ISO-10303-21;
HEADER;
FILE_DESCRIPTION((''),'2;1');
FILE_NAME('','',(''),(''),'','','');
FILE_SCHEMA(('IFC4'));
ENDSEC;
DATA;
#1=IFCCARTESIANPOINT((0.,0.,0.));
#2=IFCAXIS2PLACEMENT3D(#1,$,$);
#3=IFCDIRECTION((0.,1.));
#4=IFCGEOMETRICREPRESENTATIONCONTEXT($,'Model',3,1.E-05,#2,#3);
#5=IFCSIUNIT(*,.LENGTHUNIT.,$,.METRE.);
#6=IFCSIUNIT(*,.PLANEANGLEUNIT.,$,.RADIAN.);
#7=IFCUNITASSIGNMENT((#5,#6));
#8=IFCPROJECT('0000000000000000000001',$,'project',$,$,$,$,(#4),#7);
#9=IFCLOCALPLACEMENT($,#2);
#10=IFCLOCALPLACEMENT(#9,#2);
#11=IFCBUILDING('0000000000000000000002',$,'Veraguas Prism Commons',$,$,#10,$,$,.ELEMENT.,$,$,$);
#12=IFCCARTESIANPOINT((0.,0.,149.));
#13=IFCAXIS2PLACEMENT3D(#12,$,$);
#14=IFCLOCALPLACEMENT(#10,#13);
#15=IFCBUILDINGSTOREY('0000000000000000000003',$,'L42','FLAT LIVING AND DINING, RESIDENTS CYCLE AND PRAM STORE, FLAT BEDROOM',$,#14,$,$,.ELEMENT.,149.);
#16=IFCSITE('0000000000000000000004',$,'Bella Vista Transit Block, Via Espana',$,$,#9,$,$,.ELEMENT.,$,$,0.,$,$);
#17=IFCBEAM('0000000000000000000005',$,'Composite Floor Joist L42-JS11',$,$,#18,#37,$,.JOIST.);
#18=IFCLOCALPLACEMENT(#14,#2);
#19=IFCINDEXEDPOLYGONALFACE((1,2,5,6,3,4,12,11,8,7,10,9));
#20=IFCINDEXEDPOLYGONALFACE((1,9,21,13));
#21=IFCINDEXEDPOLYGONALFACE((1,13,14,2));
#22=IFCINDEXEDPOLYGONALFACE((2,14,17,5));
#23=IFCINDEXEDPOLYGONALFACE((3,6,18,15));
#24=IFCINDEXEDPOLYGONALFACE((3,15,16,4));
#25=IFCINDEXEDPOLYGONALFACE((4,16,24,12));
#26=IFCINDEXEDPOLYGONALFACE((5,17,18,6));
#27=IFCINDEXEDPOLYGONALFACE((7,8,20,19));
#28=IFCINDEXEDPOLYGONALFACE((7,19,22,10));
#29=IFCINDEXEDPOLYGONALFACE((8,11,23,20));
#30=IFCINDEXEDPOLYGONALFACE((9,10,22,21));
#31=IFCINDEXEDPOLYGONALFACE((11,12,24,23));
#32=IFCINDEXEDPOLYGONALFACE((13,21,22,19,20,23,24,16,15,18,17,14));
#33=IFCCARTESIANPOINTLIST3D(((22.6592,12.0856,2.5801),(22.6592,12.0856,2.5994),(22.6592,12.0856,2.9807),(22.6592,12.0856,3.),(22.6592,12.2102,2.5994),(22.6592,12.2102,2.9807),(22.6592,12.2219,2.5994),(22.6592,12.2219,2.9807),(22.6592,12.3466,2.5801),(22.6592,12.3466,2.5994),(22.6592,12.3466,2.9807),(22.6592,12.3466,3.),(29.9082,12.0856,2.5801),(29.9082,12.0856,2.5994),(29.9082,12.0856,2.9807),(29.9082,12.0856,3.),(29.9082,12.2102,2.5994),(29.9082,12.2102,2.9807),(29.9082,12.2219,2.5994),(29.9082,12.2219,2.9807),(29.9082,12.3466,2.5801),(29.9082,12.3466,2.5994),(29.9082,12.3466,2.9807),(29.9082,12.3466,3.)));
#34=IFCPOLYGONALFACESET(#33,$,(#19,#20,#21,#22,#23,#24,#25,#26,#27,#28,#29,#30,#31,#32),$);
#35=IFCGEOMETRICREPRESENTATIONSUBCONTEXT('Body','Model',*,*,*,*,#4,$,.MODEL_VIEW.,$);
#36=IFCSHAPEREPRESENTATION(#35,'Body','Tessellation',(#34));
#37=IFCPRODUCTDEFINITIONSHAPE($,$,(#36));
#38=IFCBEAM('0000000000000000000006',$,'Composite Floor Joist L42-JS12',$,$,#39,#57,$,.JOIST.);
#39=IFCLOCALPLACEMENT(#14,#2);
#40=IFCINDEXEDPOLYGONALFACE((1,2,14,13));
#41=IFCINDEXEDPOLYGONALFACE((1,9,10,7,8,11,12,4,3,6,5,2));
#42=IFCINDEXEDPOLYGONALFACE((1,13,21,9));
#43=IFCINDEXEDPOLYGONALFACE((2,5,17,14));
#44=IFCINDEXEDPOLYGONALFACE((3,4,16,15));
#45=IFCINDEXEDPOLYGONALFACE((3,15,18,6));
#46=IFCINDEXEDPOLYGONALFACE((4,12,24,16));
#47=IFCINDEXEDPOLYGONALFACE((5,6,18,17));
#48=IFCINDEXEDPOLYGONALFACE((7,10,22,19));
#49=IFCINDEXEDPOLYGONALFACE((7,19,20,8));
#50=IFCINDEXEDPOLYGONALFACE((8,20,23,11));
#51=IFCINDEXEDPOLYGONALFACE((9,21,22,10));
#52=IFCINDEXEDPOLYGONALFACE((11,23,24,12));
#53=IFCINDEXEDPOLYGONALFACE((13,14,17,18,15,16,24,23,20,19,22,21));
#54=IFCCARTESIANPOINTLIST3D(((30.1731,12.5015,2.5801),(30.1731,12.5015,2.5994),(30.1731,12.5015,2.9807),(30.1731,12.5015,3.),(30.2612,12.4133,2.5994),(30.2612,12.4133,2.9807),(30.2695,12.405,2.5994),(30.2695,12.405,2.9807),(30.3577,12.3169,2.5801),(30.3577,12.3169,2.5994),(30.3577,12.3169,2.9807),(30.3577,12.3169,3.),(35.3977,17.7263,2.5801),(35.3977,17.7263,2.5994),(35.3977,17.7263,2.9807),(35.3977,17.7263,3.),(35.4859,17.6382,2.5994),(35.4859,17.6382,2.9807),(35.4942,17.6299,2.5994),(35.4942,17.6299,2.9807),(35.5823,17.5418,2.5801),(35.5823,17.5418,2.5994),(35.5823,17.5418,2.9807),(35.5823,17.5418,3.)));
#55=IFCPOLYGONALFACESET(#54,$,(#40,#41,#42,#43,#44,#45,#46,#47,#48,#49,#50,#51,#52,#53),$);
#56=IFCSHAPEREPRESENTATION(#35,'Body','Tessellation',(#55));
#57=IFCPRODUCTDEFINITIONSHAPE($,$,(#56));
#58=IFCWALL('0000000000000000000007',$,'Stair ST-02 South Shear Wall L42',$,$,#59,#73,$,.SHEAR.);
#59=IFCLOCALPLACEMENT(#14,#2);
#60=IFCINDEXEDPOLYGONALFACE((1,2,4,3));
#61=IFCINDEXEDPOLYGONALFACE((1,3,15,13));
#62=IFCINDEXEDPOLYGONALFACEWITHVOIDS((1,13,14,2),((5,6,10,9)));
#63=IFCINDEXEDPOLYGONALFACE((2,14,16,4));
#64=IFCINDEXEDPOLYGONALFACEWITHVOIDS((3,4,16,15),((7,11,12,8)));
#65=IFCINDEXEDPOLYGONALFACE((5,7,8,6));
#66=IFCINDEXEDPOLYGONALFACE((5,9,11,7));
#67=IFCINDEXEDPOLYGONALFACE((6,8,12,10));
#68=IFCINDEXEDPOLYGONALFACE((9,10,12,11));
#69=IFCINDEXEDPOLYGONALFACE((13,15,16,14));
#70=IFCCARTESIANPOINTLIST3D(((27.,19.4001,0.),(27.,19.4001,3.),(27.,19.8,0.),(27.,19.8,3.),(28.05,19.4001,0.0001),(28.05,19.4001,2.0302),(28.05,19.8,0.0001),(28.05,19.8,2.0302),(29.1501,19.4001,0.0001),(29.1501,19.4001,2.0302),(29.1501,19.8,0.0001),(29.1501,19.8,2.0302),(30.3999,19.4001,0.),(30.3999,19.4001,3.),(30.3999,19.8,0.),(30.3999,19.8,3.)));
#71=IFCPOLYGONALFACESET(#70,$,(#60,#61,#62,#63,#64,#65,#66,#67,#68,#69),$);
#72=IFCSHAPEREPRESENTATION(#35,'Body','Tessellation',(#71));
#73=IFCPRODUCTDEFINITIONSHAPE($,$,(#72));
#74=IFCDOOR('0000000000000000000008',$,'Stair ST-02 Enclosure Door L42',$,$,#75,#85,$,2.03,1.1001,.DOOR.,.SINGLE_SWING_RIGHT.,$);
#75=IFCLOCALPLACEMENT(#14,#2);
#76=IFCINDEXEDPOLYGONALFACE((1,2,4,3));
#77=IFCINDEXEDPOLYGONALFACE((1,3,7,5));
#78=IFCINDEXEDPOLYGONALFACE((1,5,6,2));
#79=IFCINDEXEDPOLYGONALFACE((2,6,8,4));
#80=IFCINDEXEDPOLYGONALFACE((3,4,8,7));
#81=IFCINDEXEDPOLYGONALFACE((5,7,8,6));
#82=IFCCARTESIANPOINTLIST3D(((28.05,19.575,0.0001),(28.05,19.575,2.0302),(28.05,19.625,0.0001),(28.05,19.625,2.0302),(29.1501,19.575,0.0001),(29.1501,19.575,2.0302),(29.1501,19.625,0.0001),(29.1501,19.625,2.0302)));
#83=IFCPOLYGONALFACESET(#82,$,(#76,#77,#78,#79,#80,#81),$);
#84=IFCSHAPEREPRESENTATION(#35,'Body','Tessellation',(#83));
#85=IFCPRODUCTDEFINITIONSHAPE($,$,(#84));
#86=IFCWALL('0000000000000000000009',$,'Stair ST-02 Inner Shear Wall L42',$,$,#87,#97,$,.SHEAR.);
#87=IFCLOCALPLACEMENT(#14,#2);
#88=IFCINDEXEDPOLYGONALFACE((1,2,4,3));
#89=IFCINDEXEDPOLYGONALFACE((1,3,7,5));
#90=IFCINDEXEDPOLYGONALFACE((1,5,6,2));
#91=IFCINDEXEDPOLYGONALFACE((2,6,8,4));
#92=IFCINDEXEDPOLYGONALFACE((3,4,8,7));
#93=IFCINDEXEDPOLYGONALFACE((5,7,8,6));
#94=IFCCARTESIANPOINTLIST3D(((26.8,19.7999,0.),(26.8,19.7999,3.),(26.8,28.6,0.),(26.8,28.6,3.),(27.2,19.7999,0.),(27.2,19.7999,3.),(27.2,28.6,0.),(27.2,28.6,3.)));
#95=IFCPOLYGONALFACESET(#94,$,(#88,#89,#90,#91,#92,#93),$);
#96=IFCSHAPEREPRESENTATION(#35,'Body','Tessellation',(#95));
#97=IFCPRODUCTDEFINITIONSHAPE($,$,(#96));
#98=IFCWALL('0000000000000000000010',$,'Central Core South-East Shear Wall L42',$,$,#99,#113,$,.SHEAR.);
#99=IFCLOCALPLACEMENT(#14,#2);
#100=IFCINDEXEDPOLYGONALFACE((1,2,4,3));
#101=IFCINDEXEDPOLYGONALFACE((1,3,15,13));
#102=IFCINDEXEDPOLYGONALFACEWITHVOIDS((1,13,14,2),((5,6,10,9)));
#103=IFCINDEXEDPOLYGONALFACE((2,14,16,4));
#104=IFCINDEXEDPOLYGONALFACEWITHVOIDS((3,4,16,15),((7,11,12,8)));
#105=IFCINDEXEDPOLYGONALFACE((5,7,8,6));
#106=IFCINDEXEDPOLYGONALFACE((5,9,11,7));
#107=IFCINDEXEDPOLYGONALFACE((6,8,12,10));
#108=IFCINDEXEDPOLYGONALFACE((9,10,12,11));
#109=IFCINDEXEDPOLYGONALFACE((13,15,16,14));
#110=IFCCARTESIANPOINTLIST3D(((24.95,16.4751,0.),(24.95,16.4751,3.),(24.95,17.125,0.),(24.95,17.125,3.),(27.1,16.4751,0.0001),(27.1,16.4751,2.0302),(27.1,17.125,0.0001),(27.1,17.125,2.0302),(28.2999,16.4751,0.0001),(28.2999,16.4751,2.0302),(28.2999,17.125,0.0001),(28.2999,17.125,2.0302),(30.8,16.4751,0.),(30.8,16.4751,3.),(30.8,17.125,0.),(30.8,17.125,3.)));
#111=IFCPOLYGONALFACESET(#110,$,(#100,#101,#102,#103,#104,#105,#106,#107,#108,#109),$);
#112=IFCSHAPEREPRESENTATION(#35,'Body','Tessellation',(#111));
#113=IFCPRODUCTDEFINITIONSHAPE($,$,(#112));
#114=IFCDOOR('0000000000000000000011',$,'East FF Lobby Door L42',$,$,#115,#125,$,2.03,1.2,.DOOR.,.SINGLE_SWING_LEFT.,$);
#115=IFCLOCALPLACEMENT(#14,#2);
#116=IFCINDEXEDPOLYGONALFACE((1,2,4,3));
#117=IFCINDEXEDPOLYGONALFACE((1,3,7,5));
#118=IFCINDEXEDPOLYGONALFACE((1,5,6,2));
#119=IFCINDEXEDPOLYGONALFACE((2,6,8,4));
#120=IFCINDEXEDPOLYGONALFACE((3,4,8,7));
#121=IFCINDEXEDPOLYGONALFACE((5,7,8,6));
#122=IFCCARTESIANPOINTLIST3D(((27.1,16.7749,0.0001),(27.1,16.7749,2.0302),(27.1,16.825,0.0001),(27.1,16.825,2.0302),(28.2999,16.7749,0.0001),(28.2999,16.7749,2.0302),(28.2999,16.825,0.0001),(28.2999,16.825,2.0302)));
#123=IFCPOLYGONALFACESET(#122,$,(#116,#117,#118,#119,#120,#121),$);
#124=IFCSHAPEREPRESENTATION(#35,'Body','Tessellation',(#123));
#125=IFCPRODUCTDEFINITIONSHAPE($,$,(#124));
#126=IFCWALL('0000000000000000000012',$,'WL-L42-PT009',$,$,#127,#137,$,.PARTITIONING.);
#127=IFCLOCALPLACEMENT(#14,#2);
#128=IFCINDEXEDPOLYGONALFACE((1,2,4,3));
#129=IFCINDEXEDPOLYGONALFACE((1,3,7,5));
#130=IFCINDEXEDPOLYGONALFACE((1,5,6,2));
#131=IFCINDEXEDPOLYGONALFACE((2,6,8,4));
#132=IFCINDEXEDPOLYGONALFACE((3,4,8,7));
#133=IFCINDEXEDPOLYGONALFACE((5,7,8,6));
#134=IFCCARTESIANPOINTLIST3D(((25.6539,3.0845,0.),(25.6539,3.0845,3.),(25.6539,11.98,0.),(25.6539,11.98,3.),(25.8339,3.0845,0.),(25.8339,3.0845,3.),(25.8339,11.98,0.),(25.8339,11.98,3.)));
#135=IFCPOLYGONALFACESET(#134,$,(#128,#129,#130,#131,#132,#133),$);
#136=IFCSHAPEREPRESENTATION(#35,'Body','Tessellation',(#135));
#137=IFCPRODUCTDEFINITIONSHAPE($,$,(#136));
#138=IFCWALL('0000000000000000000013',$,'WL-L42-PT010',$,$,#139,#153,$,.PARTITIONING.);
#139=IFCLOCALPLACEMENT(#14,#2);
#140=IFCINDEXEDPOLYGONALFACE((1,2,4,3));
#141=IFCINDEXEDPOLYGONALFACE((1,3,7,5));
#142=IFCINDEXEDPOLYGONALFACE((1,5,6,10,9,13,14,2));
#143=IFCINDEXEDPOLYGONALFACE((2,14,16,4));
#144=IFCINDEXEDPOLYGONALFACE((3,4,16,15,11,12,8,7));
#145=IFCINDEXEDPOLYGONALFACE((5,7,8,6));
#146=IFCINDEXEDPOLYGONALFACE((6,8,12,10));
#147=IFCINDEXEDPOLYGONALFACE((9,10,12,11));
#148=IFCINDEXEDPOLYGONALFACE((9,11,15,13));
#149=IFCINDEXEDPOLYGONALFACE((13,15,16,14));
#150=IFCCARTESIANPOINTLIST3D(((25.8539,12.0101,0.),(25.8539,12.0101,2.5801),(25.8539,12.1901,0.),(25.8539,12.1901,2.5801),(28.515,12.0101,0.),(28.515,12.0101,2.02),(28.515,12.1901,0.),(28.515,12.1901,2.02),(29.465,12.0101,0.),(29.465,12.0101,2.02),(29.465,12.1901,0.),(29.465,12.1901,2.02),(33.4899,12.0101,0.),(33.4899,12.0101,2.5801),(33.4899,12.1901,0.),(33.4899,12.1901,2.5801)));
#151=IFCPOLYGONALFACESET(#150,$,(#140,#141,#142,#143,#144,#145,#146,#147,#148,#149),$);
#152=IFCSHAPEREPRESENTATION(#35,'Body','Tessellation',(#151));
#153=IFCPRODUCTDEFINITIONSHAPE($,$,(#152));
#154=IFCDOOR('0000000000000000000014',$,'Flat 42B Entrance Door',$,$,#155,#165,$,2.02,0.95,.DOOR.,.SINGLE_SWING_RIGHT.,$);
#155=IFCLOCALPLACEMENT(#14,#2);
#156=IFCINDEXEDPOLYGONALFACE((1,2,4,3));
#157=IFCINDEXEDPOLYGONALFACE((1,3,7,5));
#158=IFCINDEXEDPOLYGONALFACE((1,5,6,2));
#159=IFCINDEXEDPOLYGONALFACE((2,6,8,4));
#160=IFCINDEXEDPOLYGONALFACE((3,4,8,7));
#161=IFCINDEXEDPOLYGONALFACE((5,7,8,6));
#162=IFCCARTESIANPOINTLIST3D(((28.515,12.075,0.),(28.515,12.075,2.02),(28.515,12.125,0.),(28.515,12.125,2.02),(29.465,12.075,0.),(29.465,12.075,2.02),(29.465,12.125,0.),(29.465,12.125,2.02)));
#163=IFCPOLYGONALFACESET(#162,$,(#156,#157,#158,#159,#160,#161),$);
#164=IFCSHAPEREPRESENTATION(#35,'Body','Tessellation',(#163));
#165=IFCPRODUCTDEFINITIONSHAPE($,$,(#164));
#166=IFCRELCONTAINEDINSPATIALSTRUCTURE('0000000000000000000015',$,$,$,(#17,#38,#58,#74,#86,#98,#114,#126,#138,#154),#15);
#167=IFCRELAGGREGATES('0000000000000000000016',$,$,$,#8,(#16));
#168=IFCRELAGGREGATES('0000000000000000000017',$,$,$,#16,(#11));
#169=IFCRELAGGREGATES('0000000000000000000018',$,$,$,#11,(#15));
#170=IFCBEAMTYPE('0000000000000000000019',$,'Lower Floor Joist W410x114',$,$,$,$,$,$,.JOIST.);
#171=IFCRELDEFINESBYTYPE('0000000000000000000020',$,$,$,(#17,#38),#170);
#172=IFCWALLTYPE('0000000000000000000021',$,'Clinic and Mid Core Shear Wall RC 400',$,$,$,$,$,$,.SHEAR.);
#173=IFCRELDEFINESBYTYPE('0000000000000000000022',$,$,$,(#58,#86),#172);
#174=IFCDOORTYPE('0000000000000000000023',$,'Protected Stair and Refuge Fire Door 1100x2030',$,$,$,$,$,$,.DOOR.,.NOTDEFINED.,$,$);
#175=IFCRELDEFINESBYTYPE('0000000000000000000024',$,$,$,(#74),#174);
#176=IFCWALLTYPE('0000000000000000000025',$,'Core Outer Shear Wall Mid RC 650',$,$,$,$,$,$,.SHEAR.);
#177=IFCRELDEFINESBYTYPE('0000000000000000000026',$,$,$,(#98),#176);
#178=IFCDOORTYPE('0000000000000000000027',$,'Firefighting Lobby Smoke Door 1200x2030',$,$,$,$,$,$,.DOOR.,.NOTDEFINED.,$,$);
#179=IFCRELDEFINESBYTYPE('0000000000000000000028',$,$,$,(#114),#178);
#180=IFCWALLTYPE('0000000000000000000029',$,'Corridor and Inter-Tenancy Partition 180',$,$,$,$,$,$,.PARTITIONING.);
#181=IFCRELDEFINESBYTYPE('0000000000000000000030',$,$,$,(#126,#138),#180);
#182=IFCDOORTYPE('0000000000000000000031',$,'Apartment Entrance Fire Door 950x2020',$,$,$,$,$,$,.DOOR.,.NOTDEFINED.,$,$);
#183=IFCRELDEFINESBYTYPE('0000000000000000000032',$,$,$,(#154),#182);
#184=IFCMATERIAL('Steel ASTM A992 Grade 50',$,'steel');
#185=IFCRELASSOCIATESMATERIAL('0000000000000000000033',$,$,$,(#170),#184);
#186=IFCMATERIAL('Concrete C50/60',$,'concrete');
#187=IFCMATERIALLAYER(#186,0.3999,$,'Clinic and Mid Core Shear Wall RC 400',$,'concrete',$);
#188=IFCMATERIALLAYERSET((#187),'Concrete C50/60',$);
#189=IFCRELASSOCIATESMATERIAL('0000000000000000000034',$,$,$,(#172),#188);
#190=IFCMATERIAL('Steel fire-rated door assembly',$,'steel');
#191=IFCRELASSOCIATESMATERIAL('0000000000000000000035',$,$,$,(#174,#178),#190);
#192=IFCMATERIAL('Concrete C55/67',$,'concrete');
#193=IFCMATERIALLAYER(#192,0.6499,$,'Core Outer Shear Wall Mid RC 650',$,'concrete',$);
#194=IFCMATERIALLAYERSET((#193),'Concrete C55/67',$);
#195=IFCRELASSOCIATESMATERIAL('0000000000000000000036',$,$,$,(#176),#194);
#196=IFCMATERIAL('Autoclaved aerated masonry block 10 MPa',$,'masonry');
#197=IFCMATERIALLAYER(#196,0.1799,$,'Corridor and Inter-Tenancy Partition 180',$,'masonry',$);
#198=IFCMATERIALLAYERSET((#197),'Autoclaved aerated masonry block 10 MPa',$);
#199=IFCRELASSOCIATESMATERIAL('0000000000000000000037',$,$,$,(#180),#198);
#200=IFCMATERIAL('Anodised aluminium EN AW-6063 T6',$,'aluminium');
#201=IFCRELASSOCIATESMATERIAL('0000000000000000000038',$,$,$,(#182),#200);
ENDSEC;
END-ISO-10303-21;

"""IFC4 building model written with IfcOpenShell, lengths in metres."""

from ifc_helpers import new_model, si_unit, direction, frame, frame_2d, origin, origin_2d, place, context, subcontext, project, spatial, rectangle, i_section, extrude, source, transform, mapped, material, layer, layer_set, material_profile, profile_set, type_object, element, fill, save


model = new_model("IFC4")

# Units and contexts
model_context = context("Model", 3, precision=1e-05, world=origin(), true_north=direction((0.0, 1.0)))
body_context = subcontext(model_context, "Body", "Model", "MODEL_VIEW")
ifc_project = project(units=[si_unit("LENGTHUNIT", "METRE"), si_unit("PLANEANGLEUNIT", "RADIAN")], contexts=[model_context])

# Site, building, storey
site_placement = place(None, origin())
site = spatial("IfcSite", under=ifc_project, at=site_placement, Name="Bella Vista Transit Block, Via Espana", CompositionType="ELEMENT", RefElevation=0.0)
building_placement = place(site_placement, origin())
building = spatial("IfcBuilding", under=site, at=building_placement, Name="Veraguas Prism Commons", CompositionType="ELEMENT")
storey_placement = place(building_placement, frame((0.0, 0.0, 149.0)))
storey = spatial("IfcBuildingStorey", under=building, at=storey_placement, Name="L42", Description="FLAT LIVING AND DINING, RESIDENTS CYCLE AND PRAM STORE, FLAT BEDROOM", CompositionType="ELEMENT", Elevation=149.0)

# Beams
ifc_material_1 = material(Name="Steel ASTM A992 Grade 50", Category="steel")
ifc_material_profile = material_profile(ifc_material_1, i_section(OverallWidth=0.261, OverallDepth=0.4199, WebThickness=0.0117, FlangeThickness=0.0193, at=origin_2d()), Name="W410X114")
ifc_profile_set = profile_set([ifc_material_profile], Name="Steel ASTM A992 Grade 50")
beam_type = type_object("IfcBeamType", Name="Lower Floor Joist W410x114", PredefinedType="JOIST", material=ifc_profile_set)
beam_1_placement = place(storey_placement, frame((22.6592, 12.2161, 2.79), z_axis=(1.0, 0.0, 0.0), x_axis=(0.0, 1.0, 0.0)))
element("IfcBeam", 1, at=beam_1_placement, inside=storey, type_object=beam_type, Name="Composite Floor Joist L42-JS11", PredefinedType="JOIST", context=body_context, shape_type="SweptSolid", body=[
    extrude(i_section(OverallWidth=0.261, OverallDepth=0.4199, WebThickness=0.0117, FlangeThickness=0.0193, at=origin_2d()), origin(), (0.0, 0.0, 1.0), 7.249),
])
beam_2_placement = place(storey_placement, frame((30.2654, 12.4092, 2.79), z_axis=(0.70709, 0.707123, 0.0), x_axis=(-0.707123, 0.70709, 0.0)))
element("IfcBeam", 2, at=beam_2_placement, inside=storey, type_object=beam_type, Name="Composite Floor Joist L42-JS12", PredefinedType="JOIST", context=body_context, shape_type="SweptSolid", body=[
    extrude(i_section(OverallWidth=0.261, OverallDepth=0.4199, WebThickness=0.0117, FlangeThickness=0.0193, at=origin_2d()), origin(), (0.0, 0.0, 1.0), 7.3889),
])

# Wall, opening, door
ifc_material_2 = material(Name="Concrete C50/60", Category="concrete")
ifc_layer_1 = layer(ifc_material_2, 0.3999, Name="Clinic and Mid Core Shear Wall RC 400", Category="concrete")
ifc_layer_set_1 = layer_set([ifc_layer_1], Name="Concrete C50/60")
wall_type_1 = type_object("IfcWallType", Name="Clinic and Mid Core Shear Wall RC 400", PredefinedType="SHEAR", material=ifc_layer_set_1)
wall_1_placement = place(storey_placement, frame((27.0, 19.6001, 0.0), z_axis=(0.0, 0.0, 1.0), x_axis=(1.0, 0.0, 0.0)))
wall_1 = element("IfcWall", 3, at=wall_1_placement, inside=storey, type_object=wall_type_1, Name="Stair ST-02 South Shear Wall L42", PredefinedType="SHEAR", context=body_context, shape_type="SweptSolid", body=[
    extrude(rectangle(XDim=3.3999, YDim=0.3999, at=frame_2d((1.7, 0.0))), origin(), (0.0, 0.0, 1.0), 3.0),
])
opening_1_placement = place(wall_1_placement, frame((1.05, 0.0, 0.0)))
opening_1 = element("IfcOpeningElement", 4, at=opening_1_placement, cuts=wall_1, PredefinedType="OPENING", context=body_context, shape_type="SweptSolid", body=[
    extrude(rectangle(XDim=1.1001, YDim=2.03, at=frame_2d((0.55, 1.0151))), frame((0.0, 0.21, 0.0), z_axis=(0.0, -1.0, 0.0), x_axis=(1.0, 0.0, 0.0)), (0.0, 0.0, 1.0), 0.4199),
])
ifc_material_3 = material(Name="Steel fire-rated door assembly", Category="steel")
door_type_1 = type_object("IfcDoorType", Name="Protected Stair and Refuge Fire Door 1100x2030", OperationType="NOTDEFINED", PredefinedType="DOOR", material=ifc_material_3)
shared_shape_1 = source(origin(), body_context, "Body", "SweptSolid", [
    extrude(rectangle(XDim=1.1001, YDim=2.03, at=frame_2d((0.55, 1.0151))), frame((0.0, 0.0249, 0.0), z_axis=(0.0, -1.0, 0.0), x_axis=(1.0, 0.0, 0.0)), (0.0, 0.0, 1.0), 0.05),
])
door_1_placement = place(opening_1_placement, origin())
door_1 = element("IfcDoor", 5, at=door_1_placement, inside=storey, type_object=door_type_1, Name="Stair ST-02 Enclosure Door L42", OperationType="SINGLE_SWING_RIGHT", OverallHeight=2.03, OverallWidth=1.1001, PredefinedType="DOOR", context=body_context, shape_type="MappedRepresentation", body=[
    mapped(shared_shape_1, transform((0.0, 0.0, 0.0), scale=1.0)),
])
fill(opening_1, door_1)

# Wall
wall_2_placement = place(storey_placement, frame((27.0, 19.8, 0.0), z_axis=(0.0, 0.0, 1.0), x_axis=(0.0, 1.0, 0.0)))
element("IfcWall", 6, at=wall_2_placement, inside=storey, type_object=wall_type_1, Name="Stair ST-02 Inner Shear Wall L42", PredefinedType="SHEAR", context=body_context, shape_type="SweptSolid", body=[
    extrude(rectangle(XDim=8.8, YDim=0.3999, at=frame_2d((4.3999, 0.0))), origin(), (0.0, 0.0, 1.0), 3.0),
])

# Wall, opening, door
ifc_material_4 = material(Name="Concrete C55/67", Category="concrete")
ifc_layer_2 = layer(ifc_material_4, 0.6499, Name="Core Outer Shear Wall Mid RC 650", Category="concrete")
ifc_layer_set_2 = layer_set([ifc_layer_2], Name="Concrete C55/67")
wall_type_2 = type_object("IfcWallType", Name="Core Outer Shear Wall Mid RC 650", PredefinedType="SHEAR", material=ifc_layer_set_2)
wall_3_placement = place(storey_placement, frame((24.95, 16.8, 0.0), z_axis=(0.0, 0.0, 1.0), x_axis=(1.0, 0.0, 0.0)))
wall_3 = element("IfcWall", 7, at=wall_3_placement, inside=storey, type_object=wall_type_2, Name="Central Core South-East Shear Wall L42", PredefinedType="SHEAR", context=body_context, shape_type="SweptSolid", body=[
    extrude(rectangle(XDim=5.8501, YDim=0.6499, at=frame_2d((2.925, 0.0))), origin(), (0.0, 0.0, 1.0), 3.0),
])
opening_2_placement = place(wall_3_placement, frame((2.1499, 0.0, 0.0)))
opening_2 = element("IfcOpeningElement", 8, at=opening_2_placement, cuts=wall_3, PredefinedType="OPENING", context=body_context, shape_type="SweptSolid", body=[
    extrude(rectangle(XDim=1.2, YDim=2.03, at=frame_2d((0.6001, 1.0151))), frame((0.0, 0.335, 0.0), z_axis=(0.0, -1.0, 0.0), x_axis=(1.0, 0.0, 0.0)), (0.0, 0.0, 1.0), 0.6699),
])
door_type_2 = type_object("IfcDoorType", Name="Firefighting Lobby Smoke Door 1200x2030", OperationType="NOTDEFINED", PredefinedType="DOOR", material=ifc_material_3)
shared_shape_2 = source(origin(), body_context, "Body", "SweptSolid", [
    extrude(rectangle(XDim=1.2, YDim=2.03, at=frame_2d((0.6001, 1.0151))), frame((0.0, 0.0249, 0.0), z_axis=(0.0, -1.0, 0.0), x_axis=(1.0, 0.0, 0.0)), (0.0, 0.0, 1.0), 0.05),
])
door_2_placement = place(opening_2_placement, origin())
door_2 = element("IfcDoor", 9, at=door_2_placement, inside=storey, type_object=door_type_2, Name="East FF Lobby Door L42", OperationType="SINGLE_SWING_LEFT", OverallHeight=2.03, OverallWidth=1.2, PredefinedType="DOOR", context=body_context, shape_type="MappedRepresentation", body=[
    mapped(shared_shape_2, transform((0.0, 0.0, 0.0), scale=1.0)),
])
fill(opening_2, door_2)

# Wall
ifc_material_5 = material(Name="Autoclaved aerated masonry block 10 MPa", Category="masonry")
ifc_layer_3 = layer(ifc_material_5, 0.1799, Name="Corridor and Inter-Tenancy Partition 180", Category="masonry")
ifc_layer_set_3 = layer_set([ifc_layer_3], Name="Autoclaved aerated masonry block 10 MPa")
wall_type_3 = type_object("IfcWallType", Name="Corridor and Inter-Tenancy Partition 180", PredefinedType="PARTITIONING", material=ifc_layer_set_3)
wall_4_placement = place(storey_placement, frame((25.7439, 11.98, 0.0), z_axis=(0.0, 0.0, 1.0), x_axis=(0.0, -1.0, 0.0)))
element("IfcWall", 10, at=wall_4_placement, inside=storey, type_object=wall_type_3, Name="WL-L42-PT009", PredefinedType="PARTITIONING", context=body_context, shape_type="SweptSolid", body=[
    extrude(rectangle(XDim=8.8955, YDim=0.1799, at=frame_2d((4.4478, 0.0))), origin(), (0.0, 0.0, 1.0), 3.0),
])

# Wall, opening, door
wall_5_placement = place(storey_placement, frame((25.854, 12.1001, 0.0), z_axis=(0.0, 0.0, 1.0), x_axis=(1.0, 0.0, 0.0)))
wall_5 = element("IfcWall", 11, at=wall_5_placement, inside=storey, type_object=wall_type_3, Name="WL-L42-PT010", PredefinedType="PARTITIONING", context=body_context, shape_type="SweptSolid", body=[
    extrude(rectangle(XDim=7.636, YDim=0.1799, at=frame_2d((3.8179, 0.0))), origin(), (0.0, 0.0, 1.0), 2.5801),
])
opening_3_placement = place(wall_5_placement, frame((2.6609, 0.0, 0.0)))
opening_3 = element("IfcOpeningElement", 12, at=opening_3_placement, cuts=wall_5, PredefinedType="OPENING", context=body_context, shape_type="SweptSolid", body=[
    extrude(rectangle(XDim=0.95, YDim=2.02, at=frame_2d((0.4751, 1.01))), frame((0.0, 0.0999, 0.0), z_axis=(0.0, -1.0, 0.0), x_axis=(1.0, 0.0, 0.0)), (0.0, 0.0, 1.0), 0.2),
])
ifc_material_6 = material(Name="Anodised aluminium EN AW-6063 T6", Category="aluminium")
door_type_3 = type_object("IfcDoorType", Name="Apartment Entrance Fire Door 950x2020", OperationType="NOTDEFINED", PredefinedType="DOOR", material=ifc_material_6)
shared_shape_3 = source(origin(), body_context, "Body", "SweptSolid", [
    extrude(rectangle(XDim=0.95, YDim=2.02, at=frame_2d((0.4751, 1.01))), frame((0.0, 0.0249, 0.0), z_axis=(0.0, -1.0, 0.0), x_axis=(1.0, 0.0, 0.0)), (0.0, 0.0, 1.0), 0.05),
])
door_3_placement = place(opening_3_placement, origin())
door_3 = element("IfcDoor", 13, at=door_3_placement, inside=storey, type_object=door_type_3, Name="Flat 42B Entrance Door", OperationType="SINGLE_SWING_RIGHT", OverallHeight=2.02, OverallWidth=0.95, PredefinedType="DOOR", context=body_context, shape_type="MappedRepresentation", body=[
    mapped(shared_shape_3, transform((0.0, 0.0, 0.0), scale=1.0)),
])
fill(opening_3, door_3)

save(model, "model.ifc")
